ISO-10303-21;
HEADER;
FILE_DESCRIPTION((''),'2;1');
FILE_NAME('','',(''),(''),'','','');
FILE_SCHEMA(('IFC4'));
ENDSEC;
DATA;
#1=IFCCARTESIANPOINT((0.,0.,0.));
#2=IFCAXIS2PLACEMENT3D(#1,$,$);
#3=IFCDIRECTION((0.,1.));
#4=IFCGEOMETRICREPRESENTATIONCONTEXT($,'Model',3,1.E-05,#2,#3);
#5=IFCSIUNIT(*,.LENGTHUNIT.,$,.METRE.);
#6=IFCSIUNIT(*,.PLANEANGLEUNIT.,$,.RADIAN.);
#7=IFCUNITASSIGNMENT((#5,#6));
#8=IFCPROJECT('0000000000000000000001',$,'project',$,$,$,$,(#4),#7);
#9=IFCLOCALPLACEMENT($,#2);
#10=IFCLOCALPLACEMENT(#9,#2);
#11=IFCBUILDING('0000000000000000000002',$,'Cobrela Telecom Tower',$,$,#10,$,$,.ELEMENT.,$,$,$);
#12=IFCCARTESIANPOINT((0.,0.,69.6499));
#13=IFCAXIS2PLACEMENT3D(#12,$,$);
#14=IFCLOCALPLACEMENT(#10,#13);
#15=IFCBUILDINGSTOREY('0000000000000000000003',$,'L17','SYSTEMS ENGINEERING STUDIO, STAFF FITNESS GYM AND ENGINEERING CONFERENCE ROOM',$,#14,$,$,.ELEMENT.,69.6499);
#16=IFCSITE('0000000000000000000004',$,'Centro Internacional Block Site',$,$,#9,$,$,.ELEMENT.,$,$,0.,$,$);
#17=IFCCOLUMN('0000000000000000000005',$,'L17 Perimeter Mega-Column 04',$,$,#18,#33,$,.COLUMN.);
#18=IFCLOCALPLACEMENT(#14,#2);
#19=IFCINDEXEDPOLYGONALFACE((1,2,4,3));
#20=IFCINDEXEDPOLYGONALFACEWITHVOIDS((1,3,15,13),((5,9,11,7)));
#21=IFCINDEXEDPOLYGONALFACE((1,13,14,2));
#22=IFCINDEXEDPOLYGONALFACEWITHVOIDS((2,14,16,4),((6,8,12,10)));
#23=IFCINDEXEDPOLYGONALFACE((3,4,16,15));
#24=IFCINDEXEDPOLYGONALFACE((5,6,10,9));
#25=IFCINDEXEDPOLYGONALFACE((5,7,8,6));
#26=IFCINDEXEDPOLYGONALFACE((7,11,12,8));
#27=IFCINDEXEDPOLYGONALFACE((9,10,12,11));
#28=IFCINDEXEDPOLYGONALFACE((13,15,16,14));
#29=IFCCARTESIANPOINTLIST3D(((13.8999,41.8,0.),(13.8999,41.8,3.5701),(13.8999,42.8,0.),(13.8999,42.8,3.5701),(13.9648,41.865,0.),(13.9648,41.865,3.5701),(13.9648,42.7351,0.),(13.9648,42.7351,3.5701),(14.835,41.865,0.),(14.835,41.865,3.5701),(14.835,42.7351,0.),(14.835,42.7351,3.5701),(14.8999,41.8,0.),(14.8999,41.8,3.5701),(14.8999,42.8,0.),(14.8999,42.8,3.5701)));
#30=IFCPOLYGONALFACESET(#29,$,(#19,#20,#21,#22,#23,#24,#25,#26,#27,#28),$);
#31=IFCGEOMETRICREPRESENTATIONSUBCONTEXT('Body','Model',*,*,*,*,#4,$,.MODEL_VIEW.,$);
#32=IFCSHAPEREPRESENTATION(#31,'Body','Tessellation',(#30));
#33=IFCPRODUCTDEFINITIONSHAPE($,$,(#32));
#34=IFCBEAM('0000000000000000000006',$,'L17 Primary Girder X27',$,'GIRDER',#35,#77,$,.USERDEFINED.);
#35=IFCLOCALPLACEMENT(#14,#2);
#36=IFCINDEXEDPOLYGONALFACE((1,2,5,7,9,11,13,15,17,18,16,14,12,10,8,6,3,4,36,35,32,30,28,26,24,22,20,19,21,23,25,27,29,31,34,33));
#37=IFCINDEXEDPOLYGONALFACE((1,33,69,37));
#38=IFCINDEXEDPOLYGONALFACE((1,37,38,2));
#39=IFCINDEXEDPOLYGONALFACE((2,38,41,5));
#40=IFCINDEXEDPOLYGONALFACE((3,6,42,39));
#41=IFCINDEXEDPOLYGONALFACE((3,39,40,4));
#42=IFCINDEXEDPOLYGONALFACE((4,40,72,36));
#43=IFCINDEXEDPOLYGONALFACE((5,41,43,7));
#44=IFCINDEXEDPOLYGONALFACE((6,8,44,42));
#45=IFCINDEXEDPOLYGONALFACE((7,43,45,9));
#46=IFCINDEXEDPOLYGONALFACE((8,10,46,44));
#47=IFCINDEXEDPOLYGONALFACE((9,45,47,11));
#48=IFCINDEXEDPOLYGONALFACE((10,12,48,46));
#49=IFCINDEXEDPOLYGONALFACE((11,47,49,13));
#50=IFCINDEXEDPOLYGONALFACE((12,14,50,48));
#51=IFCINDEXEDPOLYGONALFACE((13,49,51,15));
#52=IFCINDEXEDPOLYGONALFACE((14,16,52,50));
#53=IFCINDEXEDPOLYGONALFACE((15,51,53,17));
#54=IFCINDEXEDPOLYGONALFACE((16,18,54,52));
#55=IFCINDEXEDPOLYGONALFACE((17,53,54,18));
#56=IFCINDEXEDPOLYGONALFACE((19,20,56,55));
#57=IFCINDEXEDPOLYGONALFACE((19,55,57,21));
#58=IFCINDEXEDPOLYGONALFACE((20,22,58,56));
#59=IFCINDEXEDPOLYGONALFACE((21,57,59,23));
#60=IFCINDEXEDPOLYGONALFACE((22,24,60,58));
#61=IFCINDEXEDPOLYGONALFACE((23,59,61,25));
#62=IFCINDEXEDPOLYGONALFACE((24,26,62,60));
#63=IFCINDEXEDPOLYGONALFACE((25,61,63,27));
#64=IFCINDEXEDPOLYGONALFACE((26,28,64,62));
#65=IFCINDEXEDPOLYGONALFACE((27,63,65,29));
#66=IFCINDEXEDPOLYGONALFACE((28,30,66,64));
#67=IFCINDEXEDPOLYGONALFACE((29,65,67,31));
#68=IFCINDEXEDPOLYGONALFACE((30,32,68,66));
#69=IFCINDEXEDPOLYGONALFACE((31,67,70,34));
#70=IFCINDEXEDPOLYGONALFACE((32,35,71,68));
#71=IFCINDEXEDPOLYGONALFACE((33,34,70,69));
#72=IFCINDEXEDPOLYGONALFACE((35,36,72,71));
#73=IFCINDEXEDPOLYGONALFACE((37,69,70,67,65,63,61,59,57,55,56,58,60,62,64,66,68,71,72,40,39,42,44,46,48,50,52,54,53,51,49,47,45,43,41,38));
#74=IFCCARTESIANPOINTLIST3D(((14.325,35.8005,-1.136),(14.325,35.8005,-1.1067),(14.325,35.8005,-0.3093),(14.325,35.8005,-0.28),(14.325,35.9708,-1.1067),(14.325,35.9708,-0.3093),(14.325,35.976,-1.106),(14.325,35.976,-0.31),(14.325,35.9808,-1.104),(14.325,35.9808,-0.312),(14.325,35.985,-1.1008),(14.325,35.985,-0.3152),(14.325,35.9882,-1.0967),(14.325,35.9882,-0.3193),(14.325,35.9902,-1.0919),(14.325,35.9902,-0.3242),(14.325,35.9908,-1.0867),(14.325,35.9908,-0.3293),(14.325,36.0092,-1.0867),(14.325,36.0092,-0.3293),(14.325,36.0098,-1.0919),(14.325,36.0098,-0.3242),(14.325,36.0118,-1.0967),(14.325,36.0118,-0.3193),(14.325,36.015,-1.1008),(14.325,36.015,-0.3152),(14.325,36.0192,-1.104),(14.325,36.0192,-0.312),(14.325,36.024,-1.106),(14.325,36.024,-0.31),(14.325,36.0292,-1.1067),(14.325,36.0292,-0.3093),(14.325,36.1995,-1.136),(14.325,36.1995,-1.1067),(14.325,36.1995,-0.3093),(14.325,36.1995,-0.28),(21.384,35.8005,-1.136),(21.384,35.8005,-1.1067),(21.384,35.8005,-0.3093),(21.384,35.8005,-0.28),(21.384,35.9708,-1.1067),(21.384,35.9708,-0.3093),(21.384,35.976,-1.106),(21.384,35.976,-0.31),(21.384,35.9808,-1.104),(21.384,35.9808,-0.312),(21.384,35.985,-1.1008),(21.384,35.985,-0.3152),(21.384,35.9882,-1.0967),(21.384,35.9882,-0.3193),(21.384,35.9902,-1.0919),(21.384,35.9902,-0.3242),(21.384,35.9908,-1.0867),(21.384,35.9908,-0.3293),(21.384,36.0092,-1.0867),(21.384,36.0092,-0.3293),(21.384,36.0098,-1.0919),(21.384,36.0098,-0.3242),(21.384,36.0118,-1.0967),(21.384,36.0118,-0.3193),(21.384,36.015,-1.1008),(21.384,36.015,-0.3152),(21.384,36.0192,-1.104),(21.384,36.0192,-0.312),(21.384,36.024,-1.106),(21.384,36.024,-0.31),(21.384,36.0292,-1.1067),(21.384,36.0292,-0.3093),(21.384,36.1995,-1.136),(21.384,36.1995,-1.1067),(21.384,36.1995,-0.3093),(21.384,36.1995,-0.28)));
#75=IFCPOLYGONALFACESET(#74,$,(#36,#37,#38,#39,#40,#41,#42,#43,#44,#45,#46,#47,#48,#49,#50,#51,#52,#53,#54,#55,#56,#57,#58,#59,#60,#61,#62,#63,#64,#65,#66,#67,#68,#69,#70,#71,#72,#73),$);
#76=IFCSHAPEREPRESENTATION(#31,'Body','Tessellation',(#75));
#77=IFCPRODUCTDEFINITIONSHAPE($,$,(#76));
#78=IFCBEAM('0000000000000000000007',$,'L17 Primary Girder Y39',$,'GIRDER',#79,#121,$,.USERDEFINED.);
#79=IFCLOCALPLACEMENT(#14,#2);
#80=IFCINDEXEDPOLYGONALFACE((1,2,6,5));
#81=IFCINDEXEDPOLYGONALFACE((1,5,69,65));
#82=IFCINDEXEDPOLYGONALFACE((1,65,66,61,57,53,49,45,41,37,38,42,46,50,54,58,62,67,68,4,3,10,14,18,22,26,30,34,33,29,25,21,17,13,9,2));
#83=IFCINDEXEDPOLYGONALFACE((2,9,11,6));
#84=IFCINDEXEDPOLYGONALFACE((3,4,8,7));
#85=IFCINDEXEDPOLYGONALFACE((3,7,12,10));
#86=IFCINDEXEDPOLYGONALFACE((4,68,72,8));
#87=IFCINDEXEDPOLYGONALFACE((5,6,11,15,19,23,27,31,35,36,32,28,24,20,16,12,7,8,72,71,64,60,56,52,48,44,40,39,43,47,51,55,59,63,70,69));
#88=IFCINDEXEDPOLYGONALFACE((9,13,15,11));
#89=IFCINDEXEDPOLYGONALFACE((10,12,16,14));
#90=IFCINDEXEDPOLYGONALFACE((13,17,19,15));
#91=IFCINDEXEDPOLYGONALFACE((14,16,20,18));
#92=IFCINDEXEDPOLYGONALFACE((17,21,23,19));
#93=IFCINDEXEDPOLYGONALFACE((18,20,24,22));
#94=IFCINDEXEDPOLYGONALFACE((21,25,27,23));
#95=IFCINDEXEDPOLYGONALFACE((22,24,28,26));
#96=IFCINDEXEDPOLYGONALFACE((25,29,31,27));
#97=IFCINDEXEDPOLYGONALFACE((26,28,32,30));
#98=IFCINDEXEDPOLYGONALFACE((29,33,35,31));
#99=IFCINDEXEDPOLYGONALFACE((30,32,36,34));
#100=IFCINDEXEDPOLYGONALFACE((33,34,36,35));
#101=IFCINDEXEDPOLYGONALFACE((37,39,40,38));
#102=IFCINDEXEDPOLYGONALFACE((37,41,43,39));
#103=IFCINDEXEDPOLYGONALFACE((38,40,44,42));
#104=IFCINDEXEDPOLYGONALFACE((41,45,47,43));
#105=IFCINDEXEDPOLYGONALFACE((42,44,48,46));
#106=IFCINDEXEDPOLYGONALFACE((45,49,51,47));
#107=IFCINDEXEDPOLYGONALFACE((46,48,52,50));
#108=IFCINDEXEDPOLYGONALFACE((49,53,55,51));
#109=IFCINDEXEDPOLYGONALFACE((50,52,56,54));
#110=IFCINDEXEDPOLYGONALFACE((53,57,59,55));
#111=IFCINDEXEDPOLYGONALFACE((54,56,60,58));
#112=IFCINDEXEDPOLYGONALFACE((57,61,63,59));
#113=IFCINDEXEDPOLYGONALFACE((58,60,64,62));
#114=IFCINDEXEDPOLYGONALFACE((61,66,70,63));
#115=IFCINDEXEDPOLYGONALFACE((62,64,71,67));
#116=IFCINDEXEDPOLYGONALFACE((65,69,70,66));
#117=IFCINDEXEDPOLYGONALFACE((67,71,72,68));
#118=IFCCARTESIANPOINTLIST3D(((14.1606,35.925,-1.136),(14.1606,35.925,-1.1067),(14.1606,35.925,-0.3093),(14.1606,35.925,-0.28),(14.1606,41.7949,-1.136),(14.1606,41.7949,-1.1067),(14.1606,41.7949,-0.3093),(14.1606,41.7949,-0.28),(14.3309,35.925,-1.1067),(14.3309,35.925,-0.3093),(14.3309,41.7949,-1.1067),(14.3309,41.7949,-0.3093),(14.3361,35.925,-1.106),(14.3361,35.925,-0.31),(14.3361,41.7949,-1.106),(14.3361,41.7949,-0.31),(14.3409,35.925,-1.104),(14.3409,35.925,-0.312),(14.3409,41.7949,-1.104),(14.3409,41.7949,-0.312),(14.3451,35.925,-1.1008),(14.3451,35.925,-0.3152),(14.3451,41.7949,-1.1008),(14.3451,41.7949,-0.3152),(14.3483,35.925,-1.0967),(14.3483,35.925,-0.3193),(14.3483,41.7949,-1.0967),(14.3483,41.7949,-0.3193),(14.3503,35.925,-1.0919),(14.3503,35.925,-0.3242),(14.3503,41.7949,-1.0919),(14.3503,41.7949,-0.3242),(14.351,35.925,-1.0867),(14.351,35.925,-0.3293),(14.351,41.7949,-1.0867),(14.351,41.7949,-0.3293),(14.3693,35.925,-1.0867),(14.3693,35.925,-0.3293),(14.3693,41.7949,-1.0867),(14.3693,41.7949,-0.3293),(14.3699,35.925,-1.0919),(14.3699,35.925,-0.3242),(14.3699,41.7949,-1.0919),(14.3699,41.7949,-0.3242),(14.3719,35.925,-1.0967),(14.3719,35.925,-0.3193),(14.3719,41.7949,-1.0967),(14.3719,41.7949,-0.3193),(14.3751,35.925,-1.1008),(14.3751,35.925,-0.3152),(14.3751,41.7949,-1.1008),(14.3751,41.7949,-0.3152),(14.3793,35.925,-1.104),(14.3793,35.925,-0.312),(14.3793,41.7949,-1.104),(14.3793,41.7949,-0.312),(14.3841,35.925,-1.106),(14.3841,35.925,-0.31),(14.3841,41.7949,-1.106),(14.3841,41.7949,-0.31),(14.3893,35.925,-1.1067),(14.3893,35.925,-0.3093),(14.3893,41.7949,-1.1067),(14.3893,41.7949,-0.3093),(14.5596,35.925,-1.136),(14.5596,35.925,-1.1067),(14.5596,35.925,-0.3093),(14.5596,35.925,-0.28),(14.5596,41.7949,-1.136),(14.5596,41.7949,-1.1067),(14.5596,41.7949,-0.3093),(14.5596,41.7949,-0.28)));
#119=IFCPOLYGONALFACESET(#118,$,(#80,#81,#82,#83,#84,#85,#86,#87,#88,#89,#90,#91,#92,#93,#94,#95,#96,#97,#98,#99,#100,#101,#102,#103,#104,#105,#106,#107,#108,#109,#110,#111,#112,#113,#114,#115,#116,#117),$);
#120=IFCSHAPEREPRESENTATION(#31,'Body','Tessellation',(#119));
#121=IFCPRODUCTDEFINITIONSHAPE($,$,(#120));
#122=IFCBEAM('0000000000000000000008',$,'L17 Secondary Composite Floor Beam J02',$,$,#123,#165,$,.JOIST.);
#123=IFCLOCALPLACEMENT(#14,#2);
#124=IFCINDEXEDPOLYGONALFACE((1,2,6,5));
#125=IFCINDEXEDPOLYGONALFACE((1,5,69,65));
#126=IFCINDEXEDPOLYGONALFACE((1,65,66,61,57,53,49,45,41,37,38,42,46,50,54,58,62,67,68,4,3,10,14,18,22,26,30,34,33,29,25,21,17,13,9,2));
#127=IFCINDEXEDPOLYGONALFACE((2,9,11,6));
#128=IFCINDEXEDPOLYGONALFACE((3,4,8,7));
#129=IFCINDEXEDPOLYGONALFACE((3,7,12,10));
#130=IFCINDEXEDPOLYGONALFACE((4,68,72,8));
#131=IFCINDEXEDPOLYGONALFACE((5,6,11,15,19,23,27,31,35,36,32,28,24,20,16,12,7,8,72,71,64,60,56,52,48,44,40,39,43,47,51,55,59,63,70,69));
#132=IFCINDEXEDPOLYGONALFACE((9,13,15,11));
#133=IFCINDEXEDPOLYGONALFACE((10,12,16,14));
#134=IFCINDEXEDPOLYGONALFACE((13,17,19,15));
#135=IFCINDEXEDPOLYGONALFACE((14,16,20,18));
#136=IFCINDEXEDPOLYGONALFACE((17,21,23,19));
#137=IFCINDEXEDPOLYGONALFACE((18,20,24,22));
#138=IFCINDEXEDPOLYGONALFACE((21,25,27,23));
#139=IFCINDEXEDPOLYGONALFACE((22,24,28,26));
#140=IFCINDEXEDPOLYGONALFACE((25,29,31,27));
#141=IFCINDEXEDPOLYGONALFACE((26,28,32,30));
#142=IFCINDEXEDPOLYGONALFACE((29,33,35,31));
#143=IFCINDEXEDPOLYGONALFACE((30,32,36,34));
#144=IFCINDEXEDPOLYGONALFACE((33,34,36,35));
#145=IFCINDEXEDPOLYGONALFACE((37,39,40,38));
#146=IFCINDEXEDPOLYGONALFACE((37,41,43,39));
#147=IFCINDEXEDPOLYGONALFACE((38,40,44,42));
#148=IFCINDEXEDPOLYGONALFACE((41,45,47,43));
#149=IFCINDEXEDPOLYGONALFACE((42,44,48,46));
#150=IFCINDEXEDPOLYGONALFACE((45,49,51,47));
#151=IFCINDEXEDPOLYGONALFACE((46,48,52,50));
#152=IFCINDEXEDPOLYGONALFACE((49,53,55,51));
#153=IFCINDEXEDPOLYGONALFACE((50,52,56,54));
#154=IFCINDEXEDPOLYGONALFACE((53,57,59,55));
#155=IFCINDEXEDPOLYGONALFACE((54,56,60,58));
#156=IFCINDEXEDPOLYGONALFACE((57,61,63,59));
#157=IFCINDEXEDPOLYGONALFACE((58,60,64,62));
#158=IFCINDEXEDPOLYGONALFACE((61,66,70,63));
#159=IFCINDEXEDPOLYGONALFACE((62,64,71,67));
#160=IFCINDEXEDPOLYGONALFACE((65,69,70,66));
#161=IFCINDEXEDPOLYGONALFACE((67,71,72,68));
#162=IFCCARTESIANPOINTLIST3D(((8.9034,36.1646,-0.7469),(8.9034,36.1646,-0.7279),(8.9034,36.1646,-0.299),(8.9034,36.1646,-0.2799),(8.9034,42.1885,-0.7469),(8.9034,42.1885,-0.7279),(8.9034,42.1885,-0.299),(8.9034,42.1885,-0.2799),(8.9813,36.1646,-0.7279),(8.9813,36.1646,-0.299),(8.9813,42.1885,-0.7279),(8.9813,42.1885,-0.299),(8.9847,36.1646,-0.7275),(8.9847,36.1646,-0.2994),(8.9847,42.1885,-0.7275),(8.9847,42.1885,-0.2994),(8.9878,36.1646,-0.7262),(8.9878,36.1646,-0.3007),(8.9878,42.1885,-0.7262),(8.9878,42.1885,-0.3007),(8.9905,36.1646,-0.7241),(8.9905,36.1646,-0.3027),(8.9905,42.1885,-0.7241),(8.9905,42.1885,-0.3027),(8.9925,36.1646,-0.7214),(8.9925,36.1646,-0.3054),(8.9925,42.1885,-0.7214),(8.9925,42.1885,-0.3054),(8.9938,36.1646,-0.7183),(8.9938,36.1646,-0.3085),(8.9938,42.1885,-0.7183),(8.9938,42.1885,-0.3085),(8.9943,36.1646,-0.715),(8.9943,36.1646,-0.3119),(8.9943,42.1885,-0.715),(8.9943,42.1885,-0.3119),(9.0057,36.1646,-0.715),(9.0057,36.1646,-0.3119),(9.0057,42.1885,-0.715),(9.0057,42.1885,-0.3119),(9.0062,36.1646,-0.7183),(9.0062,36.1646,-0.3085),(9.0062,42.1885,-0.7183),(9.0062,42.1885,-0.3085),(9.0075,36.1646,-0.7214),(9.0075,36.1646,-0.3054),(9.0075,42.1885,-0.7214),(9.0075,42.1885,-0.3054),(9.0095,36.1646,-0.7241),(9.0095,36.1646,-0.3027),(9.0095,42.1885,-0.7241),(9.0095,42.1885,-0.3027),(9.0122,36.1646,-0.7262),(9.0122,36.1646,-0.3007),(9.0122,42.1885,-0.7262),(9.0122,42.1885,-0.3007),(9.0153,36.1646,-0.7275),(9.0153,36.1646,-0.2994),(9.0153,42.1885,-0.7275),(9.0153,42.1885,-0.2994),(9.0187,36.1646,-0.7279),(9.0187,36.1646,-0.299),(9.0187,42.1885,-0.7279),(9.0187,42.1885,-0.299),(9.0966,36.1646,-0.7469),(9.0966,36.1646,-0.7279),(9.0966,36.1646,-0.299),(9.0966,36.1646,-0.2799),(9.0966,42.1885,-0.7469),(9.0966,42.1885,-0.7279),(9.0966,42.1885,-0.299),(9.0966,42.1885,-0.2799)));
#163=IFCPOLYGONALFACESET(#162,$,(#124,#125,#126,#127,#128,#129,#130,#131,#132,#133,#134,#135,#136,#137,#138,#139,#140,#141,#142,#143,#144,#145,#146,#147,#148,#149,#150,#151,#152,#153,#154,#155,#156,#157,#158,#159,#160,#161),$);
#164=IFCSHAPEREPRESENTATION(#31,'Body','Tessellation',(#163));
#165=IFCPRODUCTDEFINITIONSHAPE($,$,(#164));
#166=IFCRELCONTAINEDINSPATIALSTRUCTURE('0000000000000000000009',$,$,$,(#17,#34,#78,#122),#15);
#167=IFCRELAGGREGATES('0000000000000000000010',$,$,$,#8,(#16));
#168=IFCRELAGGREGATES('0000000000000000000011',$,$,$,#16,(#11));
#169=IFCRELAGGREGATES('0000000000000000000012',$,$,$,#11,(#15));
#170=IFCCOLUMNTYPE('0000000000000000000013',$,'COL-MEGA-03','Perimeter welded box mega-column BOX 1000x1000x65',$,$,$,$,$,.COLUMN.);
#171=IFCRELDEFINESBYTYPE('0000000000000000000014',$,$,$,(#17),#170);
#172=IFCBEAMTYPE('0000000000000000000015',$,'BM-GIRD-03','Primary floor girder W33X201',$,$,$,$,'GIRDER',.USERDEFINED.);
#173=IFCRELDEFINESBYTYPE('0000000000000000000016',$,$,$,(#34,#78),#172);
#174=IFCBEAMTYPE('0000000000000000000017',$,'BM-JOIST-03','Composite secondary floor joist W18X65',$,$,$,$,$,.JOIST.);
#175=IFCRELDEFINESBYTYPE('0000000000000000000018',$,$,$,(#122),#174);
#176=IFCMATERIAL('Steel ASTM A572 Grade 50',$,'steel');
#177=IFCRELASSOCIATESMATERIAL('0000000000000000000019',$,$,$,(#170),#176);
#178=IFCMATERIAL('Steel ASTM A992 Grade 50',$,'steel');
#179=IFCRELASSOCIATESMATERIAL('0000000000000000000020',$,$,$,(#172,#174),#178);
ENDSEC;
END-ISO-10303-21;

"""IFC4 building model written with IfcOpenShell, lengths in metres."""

from ifc_helpers import new_model, si_unit, direction, frame, origin, origin_2d, place, context, subcontext, project, spatial, hollow_rectangle, i_section, extrude, material, material_profile, profile_set, type_object, element, save


model = new_model("IFC4")

# Units and contexts
model_context = context("Model", 3, precision=1e-05, world=origin(), true_north=direction((0.0, 1.0)))
body_context = subcontext(model_context, "Body", "Model", "MODEL_VIEW")
ifc_project = project(units=[si_unit("LENGTHUNIT", "METRE"), si_unit("PLANEANGLEUNIT", "RADIAN")], contexts=[model_context])

# Site, building, storey
site_placement = place(None, origin())
site = spatial("IfcSite", under=ifc_project, at=site_placement, Name="Centro Internacional Block Site", CompositionType="ELEMENT", RefElevation=0.0)
building_placement = place(site_placement, origin())
building = spatial("IfcBuilding", under=site, at=building_placement, Name="Cobrela Telecom Tower", CompositionType="ELEMENT")
storey_placement = place(building_placement, frame((0.0, 0.0, 69.6499)))
storey = spatial("IfcBuildingStorey", under=building, at=storey_placement, Name="L17", Description="SYSTEMS ENGINEERING STUDIO, STAFF FITNESS GYM AND ENGINEERING CONFERENCE ROOM", CompositionType="ELEMENT", Elevation=69.6499)

# Column
ifc_material_1 = material(Name="Steel ASTM A572 Grade 50", Category="steel")
ifc_material_profile_1 = material_profile(ifc_material_1, hollow_rectangle(XDim=1.0, YDim=1.0, WallThickness=0.0649, at=origin_2d()), Name="BOX 1000x1000x65")
ifc_profile_set_1 = profile_set([ifc_material_profile_1], Name="Steel ASTM A572 Grade 50")
column_type = type_object("IfcColumnType", Name="COL-MEGA-03", Description="Perimeter welded box mega-column BOX 1000x1000x65", PredefinedType="COLUMN", material=ifc_profile_set_1)
column_placement = place(storey_placement, frame((14.3999, 42.3, 0.0), z_axis=(0.0, 0.0, 1.0), x_axis=(1.0, 0.0, 0.0)))
element("IfcColumn", 1, at=column_placement, inside=storey, type_object=column_type, Name="L17 Perimeter Mega-Column 04", PredefinedType="COLUMN", context=body_context, shape_type="SweptSolid", body=[
    extrude(hollow_rectangle(XDim=1.0, YDim=1.0, WallThickness=0.0649, at=origin_2d()), origin(), (0.0, 0.0, 1.0), 3.5701),
])

# Beams
ifc_material_2 = material(Name="Steel ASTM A992 Grade 50", Category="steel")
ifc_material_profile_2 = material_profile(ifc_material_2, i_section(OverallWidth=0.3989, OverallDepth=0.856, WebThickness=0.0183, FlangeThickness=0.0293, FilletRadius=0.02, at=origin_2d()), Name="W33X201")
ifc_profile_set_2 = profile_set([ifc_material_profile_2], Name="Steel ASTM A992 Grade 50")
beam_type_1 = type_object("IfcBeamType", Name="BM-GIRD-03", Description="Primary floor girder W33X201", ElementType="GIRDER", PredefinedType="USERDEFINED", material=ifc_profile_set_2)
beam_1_placement = place(storey_placement, frame((14.325, 36.0, -0.708), z_axis=(1.0, 0.0, 0.0), x_axis=(0.0, 1.0, 0.0)))
element("IfcBeam", 2, at=beam_1_placement, inside=storey, type_object=beam_type_1, Name="L17 Primary Girder X27", ObjectType="GIRDER", PredefinedType="USERDEFINED", context=body_context, shape_type="SweptSolid", body=[
    extrude(i_section(OverallWidth=0.3989, OverallDepth=0.856, WebThickness=0.0183, FlangeThickness=0.0293, FilletRadius=0.02, at=origin_2d()), origin(), (0.0, 0.0, 1.0), 7.0591),
])
beam_2_placement = place(storey_placement, frame((14.3601, 35.925, -0.708), z_axis=(0.0, 1.0, 0.0), x_axis=(-1.0, 0.0, 0.0)))
element("IfcBeam", 3, at=beam_2_placement, inside=storey, type_object=beam_type_1, Name="L17 Primary Girder Y39", ObjectType="GIRDER", PredefinedType="USERDEFINED", context=body_context, shape_type="SweptSolid", body=[
    extrude(i_section(OverallWidth=0.3989, OverallDepth=0.856, WebThickness=0.0183, FlangeThickness=0.0293, FilletRadius=0.02, at=origin_2d()), origin(), (0.0, 0.0, 1.0), 5.8699),
])
ifc_material_profile_3 = material_profile(ifc_material_2, i_section(OverallWidth=0.1931, OverallDepth=0.467, WebThickness=0.0115, FlangeThickness=0.019, FilletRadius=0.0129, at=origin_2d()), Name="W18X65")
ifc_profile_set_3 = profile_set([ifc_material_profile_3], Name="Steel ASTM A992 Grade 50")
beam_type_2 = type_object("IfcBeamType", Name="BM-JOIST-03", Description="Composite secondary floor joist W18X65", PredefinedType="JOIST", material=ifc_profile_set_3)
for number, where, z_axis, x_axis, name in (
    (4, (9.0, 36.1646, -0.5134), (0.0, 1.0, 0.0), (-1.0, 0.0, 0.0), "L17 Secondary Composite Floor Beam J02"),
):
    element("IfcBeam", number, at=place(storey_placement, frame(where, z_axis=z_axis, x_axis=x_axis)), inside=storey, type_object=beam_type_2, Name=name, PredefinedType="JOIST", context=body_context, shape_type="SweptSolid", body=[
        extrude(i_section(OverallWidth=0.1931, OverallDepth=0.467, WebThickness=0.0115, FlangeThickness=0.019, FilletRadius=0.0129, at=origin_2d()), origin(), (0.0, 0.0, 1.0), 6.0239),
    ])

save(model, "model.ifc")
